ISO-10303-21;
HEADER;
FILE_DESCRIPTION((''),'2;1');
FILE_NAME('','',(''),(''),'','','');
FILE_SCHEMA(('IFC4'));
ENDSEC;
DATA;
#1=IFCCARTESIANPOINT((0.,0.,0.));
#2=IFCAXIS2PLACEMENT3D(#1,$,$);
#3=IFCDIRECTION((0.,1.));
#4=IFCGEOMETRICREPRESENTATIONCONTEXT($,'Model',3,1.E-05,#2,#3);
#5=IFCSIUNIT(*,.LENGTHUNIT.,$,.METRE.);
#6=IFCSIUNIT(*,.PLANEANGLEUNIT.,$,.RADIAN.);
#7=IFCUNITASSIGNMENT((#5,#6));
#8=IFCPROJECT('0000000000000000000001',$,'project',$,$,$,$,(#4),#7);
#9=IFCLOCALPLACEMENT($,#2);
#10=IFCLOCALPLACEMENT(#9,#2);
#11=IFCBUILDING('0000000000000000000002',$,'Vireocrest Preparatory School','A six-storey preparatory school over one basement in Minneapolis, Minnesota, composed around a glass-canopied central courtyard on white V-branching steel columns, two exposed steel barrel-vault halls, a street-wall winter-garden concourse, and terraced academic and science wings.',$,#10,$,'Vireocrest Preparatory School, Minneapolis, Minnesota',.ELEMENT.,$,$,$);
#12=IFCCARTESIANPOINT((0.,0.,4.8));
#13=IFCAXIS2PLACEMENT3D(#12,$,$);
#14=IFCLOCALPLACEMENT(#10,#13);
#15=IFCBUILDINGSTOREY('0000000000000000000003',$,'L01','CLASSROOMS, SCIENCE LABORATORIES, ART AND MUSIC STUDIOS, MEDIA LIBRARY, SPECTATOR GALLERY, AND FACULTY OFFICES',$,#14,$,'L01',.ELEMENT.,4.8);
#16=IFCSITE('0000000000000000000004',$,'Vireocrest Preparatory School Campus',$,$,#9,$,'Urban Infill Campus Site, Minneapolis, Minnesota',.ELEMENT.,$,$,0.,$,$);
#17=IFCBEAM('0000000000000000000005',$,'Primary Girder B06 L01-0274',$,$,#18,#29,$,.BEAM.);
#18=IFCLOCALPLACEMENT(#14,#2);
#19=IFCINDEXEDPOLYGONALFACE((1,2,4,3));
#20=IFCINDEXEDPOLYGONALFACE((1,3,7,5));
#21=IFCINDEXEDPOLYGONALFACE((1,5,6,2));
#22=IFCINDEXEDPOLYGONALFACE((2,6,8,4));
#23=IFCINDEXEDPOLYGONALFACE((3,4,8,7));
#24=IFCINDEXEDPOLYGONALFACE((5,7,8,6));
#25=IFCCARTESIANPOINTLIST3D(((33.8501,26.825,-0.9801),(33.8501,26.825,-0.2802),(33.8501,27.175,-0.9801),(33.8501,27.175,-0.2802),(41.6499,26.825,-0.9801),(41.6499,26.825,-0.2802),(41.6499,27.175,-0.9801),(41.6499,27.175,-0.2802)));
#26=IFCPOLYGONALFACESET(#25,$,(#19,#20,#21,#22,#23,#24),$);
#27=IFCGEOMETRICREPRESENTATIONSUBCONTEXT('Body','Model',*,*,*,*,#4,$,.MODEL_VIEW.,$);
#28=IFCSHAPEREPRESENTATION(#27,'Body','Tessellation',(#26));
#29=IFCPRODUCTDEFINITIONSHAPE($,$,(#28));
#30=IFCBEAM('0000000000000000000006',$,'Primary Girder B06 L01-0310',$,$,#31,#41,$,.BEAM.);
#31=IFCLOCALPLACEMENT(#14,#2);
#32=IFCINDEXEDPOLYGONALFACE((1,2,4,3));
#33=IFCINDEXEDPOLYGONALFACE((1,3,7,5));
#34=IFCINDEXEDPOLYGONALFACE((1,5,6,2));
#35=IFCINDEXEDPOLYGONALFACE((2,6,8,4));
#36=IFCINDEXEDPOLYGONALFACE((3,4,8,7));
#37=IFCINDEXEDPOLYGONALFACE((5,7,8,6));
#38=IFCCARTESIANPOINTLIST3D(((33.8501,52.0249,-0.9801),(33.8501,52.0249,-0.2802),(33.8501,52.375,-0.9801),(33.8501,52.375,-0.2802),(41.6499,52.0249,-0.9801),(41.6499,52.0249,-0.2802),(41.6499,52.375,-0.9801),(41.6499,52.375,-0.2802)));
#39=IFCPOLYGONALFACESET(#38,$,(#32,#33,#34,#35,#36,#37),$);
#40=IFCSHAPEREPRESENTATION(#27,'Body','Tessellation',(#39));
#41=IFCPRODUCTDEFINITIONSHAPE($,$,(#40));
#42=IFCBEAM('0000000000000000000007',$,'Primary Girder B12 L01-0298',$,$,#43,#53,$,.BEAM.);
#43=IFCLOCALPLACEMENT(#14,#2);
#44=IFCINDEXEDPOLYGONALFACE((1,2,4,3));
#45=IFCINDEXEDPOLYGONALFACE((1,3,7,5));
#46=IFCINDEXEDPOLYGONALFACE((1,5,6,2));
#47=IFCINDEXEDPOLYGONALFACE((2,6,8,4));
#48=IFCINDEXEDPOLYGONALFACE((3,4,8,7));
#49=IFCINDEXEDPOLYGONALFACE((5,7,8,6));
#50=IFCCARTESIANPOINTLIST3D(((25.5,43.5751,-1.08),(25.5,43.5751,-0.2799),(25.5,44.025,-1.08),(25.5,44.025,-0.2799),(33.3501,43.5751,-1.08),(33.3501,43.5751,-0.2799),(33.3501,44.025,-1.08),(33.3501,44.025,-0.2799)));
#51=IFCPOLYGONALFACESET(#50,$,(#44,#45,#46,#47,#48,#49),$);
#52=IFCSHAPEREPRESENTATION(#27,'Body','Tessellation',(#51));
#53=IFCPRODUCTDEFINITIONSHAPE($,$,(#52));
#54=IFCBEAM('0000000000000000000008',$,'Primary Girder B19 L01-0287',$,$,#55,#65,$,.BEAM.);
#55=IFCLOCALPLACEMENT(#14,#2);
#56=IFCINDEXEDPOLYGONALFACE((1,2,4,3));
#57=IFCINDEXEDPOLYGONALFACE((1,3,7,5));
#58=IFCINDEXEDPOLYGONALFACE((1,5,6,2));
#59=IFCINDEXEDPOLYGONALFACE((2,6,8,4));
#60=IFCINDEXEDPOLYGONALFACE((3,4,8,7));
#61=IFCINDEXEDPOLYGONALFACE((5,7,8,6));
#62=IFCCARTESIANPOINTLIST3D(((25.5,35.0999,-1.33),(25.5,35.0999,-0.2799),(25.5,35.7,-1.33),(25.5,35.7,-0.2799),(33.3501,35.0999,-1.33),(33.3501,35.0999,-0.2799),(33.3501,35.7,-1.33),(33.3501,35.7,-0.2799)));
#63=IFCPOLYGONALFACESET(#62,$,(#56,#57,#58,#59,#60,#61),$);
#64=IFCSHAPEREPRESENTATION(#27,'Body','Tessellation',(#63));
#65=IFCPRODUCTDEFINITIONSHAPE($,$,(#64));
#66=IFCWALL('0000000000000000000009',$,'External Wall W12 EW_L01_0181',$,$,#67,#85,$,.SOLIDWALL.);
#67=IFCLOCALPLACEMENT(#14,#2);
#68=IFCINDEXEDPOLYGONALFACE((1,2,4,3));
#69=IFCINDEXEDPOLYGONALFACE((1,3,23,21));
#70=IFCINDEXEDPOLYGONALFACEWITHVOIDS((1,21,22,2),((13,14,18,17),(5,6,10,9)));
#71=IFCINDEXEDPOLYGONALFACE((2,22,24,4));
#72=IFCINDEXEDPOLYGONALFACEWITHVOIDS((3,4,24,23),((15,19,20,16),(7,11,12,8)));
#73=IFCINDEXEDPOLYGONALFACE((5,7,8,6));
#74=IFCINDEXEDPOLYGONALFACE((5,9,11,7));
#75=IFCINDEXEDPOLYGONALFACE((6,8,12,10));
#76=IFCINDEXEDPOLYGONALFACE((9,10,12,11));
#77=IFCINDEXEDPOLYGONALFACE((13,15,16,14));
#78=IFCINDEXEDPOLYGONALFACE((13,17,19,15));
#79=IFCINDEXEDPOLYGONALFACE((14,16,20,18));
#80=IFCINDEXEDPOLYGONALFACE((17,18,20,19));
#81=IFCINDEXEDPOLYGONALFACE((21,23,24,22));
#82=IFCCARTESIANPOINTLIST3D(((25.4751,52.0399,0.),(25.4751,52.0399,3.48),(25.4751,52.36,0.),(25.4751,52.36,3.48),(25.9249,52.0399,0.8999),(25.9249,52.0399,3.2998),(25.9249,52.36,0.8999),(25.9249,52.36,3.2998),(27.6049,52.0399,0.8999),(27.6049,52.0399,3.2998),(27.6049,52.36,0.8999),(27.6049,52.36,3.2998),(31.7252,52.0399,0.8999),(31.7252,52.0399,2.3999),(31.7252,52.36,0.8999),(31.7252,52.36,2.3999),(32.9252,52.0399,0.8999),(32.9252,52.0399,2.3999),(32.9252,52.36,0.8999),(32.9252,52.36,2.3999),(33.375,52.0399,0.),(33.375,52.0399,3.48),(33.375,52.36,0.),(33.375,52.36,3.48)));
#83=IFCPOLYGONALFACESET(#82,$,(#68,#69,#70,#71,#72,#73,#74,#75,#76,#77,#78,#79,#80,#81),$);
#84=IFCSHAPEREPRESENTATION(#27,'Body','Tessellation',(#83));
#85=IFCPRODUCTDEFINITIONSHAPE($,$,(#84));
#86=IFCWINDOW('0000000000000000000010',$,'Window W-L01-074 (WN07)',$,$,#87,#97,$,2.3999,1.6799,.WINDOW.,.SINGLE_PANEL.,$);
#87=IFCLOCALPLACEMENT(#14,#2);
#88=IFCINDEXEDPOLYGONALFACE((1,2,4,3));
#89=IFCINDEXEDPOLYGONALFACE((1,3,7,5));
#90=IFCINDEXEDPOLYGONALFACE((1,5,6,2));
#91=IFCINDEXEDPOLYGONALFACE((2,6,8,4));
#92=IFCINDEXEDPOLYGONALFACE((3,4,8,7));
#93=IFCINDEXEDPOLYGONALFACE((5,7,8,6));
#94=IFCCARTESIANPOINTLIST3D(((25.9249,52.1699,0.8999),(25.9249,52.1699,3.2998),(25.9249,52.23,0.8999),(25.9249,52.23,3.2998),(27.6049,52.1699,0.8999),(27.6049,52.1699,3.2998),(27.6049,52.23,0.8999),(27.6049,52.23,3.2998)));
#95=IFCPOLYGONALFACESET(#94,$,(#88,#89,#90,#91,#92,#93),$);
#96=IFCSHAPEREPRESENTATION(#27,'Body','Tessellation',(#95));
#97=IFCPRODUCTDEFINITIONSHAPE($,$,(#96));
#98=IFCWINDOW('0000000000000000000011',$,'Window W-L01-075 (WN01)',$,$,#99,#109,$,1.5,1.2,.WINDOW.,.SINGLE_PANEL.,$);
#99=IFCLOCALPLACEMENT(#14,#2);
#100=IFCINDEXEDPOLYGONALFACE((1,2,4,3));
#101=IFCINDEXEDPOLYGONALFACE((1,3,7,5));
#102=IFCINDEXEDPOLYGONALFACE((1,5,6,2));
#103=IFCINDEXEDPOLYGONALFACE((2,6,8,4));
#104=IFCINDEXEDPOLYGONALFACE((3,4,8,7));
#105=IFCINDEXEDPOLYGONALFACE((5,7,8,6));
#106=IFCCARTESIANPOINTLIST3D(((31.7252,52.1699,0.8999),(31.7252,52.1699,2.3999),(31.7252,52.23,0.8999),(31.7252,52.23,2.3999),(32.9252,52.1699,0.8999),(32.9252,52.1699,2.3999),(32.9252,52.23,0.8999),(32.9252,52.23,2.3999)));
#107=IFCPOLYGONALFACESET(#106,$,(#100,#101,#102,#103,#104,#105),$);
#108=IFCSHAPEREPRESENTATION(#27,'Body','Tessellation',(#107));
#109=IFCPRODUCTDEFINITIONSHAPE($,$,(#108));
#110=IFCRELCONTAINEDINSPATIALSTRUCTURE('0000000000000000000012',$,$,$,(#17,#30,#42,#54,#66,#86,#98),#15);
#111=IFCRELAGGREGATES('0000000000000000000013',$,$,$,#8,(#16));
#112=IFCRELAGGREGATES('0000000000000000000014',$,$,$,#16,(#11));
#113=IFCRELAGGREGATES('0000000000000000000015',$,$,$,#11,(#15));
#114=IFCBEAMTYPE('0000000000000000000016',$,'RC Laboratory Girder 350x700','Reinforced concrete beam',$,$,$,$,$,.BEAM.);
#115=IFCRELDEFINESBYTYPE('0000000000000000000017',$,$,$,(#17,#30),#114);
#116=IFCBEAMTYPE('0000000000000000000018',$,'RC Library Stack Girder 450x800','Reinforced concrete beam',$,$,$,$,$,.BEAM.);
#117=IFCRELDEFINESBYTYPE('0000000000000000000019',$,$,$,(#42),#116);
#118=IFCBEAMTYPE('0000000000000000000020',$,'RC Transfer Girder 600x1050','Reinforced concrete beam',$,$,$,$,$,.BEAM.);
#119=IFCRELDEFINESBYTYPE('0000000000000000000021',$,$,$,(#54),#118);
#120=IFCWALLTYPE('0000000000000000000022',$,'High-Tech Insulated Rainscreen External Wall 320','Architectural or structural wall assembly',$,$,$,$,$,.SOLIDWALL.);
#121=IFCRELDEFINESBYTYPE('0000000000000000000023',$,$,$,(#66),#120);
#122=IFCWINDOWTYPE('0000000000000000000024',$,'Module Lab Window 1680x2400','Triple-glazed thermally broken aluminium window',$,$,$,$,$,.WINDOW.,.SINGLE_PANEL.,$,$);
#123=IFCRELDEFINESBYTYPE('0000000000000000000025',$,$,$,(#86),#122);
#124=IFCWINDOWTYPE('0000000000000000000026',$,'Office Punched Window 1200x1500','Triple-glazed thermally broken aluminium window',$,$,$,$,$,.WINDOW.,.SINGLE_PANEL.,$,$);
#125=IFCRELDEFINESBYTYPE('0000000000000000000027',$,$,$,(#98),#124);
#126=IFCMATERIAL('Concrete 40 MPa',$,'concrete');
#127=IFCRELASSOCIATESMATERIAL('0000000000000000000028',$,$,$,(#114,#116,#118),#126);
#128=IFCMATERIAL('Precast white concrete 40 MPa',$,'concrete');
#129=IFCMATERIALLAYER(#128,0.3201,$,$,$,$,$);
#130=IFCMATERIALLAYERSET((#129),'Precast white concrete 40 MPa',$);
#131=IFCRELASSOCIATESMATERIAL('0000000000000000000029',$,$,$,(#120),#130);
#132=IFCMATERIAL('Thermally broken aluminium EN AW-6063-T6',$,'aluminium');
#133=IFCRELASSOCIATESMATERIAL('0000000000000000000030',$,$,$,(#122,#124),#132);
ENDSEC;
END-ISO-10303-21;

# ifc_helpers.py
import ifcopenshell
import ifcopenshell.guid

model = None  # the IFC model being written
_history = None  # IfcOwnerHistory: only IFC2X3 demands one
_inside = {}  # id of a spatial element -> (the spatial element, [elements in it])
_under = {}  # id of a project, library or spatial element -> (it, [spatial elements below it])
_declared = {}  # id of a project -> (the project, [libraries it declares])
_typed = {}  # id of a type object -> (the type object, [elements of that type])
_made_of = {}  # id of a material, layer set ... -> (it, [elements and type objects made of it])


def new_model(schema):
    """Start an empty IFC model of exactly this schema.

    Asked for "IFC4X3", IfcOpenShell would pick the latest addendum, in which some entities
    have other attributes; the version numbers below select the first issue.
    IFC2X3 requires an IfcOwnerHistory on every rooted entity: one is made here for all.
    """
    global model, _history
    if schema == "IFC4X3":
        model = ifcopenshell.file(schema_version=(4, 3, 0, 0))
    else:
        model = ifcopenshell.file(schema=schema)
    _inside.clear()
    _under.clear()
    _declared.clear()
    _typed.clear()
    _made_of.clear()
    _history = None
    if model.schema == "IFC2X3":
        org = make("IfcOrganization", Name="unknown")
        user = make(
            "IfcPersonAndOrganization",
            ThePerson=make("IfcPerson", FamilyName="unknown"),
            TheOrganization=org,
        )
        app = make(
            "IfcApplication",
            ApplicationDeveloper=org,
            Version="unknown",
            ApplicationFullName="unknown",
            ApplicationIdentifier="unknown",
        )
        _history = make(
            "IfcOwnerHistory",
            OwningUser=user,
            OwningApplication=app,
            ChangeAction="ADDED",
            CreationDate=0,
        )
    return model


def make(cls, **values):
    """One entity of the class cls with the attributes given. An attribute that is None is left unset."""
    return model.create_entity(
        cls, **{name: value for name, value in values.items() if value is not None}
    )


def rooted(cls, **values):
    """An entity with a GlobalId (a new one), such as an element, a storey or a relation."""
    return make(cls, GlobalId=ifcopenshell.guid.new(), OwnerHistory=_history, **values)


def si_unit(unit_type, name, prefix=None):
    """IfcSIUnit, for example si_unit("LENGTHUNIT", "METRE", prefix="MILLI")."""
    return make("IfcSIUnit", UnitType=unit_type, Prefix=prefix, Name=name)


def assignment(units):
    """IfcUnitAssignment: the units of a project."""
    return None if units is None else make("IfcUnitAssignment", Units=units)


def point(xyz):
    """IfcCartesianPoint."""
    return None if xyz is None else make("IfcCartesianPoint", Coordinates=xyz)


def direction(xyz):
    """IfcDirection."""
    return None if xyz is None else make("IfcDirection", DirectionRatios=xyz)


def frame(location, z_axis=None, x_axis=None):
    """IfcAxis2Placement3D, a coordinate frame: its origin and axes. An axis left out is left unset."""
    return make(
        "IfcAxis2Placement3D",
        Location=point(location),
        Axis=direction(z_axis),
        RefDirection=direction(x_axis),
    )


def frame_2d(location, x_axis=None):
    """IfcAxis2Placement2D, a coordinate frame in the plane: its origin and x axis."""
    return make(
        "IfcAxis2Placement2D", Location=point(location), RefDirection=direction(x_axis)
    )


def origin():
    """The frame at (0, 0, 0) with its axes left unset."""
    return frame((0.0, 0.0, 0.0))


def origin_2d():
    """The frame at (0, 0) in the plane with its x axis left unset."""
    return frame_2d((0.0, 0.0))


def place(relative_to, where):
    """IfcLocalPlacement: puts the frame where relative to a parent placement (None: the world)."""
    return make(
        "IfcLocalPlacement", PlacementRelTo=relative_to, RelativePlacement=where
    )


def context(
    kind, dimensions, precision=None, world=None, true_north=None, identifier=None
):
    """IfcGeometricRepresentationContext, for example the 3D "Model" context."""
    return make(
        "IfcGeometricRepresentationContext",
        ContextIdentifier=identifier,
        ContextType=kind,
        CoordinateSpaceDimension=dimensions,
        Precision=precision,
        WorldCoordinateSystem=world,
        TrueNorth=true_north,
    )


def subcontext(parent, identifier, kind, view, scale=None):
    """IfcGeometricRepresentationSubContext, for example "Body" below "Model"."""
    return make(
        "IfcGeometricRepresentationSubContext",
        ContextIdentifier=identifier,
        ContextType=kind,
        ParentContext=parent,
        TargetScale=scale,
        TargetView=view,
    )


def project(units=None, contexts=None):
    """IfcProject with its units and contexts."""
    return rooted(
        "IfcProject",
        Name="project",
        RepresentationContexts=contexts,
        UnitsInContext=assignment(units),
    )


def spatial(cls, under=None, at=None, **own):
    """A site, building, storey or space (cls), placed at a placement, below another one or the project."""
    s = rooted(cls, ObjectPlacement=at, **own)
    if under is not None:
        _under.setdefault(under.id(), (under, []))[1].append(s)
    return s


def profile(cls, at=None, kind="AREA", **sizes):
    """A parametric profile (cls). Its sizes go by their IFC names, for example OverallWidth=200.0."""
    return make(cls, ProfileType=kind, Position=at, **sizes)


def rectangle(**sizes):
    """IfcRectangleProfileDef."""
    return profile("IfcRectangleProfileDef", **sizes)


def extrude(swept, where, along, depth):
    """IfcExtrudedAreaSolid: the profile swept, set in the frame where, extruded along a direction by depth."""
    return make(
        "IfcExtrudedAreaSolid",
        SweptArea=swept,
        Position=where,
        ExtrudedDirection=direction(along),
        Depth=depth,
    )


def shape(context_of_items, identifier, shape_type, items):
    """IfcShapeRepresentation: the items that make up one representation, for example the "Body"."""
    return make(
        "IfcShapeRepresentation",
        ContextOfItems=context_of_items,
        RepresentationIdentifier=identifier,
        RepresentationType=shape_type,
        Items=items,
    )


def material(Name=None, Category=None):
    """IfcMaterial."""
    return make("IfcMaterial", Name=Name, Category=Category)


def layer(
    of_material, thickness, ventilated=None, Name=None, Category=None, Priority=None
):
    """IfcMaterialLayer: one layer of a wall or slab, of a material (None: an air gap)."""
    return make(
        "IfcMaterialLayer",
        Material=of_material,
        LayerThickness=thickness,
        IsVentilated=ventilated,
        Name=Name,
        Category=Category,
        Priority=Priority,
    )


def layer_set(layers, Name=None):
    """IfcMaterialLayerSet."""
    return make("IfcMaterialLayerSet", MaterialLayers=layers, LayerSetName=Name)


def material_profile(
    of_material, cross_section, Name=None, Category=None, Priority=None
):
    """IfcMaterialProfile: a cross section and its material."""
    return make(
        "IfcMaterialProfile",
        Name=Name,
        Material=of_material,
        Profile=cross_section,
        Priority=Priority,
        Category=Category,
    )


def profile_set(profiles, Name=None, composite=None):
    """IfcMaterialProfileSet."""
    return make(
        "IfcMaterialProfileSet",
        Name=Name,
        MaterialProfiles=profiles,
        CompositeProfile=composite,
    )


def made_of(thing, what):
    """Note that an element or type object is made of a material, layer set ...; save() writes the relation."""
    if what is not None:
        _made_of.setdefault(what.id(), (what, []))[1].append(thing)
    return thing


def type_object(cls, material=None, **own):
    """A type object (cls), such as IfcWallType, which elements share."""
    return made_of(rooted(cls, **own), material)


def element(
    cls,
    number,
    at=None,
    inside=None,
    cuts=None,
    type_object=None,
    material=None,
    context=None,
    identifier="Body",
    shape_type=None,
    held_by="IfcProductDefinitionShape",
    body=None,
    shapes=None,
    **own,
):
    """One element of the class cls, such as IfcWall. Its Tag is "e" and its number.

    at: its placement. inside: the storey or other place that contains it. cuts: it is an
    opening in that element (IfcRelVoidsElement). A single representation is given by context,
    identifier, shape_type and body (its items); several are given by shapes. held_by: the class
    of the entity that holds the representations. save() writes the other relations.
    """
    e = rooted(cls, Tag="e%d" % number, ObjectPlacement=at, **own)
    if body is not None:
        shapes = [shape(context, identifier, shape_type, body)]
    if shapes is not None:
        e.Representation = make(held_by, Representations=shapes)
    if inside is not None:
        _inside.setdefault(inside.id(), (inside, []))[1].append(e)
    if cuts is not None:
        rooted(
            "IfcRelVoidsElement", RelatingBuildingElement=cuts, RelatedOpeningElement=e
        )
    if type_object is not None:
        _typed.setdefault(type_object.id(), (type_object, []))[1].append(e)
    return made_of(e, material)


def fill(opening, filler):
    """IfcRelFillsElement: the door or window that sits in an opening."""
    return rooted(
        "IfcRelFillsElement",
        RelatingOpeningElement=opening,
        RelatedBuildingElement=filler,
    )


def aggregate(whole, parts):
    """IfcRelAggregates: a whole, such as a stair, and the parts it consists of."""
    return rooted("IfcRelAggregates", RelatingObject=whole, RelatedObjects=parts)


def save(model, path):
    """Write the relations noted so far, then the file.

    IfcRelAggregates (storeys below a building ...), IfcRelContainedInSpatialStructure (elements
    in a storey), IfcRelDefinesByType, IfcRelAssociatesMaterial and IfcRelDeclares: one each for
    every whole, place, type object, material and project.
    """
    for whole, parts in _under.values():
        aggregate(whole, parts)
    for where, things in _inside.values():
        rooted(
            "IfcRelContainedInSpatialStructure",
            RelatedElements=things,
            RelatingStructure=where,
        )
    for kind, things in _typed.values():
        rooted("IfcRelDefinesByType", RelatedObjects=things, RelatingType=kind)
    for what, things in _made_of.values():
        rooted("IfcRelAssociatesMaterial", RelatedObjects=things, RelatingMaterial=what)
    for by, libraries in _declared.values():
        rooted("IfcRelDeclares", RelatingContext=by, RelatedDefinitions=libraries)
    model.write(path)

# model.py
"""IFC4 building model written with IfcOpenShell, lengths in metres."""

from ifc_helpers import new_model, si_unit, direction, frame, frame_2d, origin, origin_2d, place, context, subcontext, project, spatial, rectangle, extrude, material, layer, layer_set, material_profile, profile_set, type_object, element, fill, save


model = new_model("IFC4")

# Units and contexts
model_context = context("Model", 3, precision=1e-05, world=origin(), true_north=direction((0.0, 1.0)))
body_context = subcontext(model_context, "Body", "Model", "MODEL_VIEW")
ifc_project = project(units=[si_unit("LENGTHUNIT", "METRE"), si_unit("PLANEANGLEUNIT", "RADIAN")], contexts=[model_context])

# Site, building, storey
site_placement = place(None, origin())
site = spatial("IfcSite", under=ifc_project, at=site_placement, Name="Vireocrest Preparatory School Campus", LongName="Urban Infill Campus Site, Minneapolis, Minnesota", CompositionType="ELEMENT", RefElevation=0.0)
building_placement = place(site_placement, origin())
building = spatial("IfcBuilding", under=site, at=building_placement, Name="Vireocrest Preparatory School", Description="A six-storey preparatory school over one basement in Minneapolis, Minnesota, composed around a glass-canopied central courtyard on white V-branching steel columns, two exposed steel barrel-vault halls, a street-wall winter-garden concourse, and terraced academic and science wings.", LongName="Vireocrest Preparatory School, Minneapolis, Minnesota", CompositionType="ELEMENT")
storey_placement = place(building_placement, frame((0.0, 0.0, 4.8)))
storey = spatial("IfcBuildingStorey", under=building, at=storey_placement, Name="L01", Description="CLASSROOMS, SCIENCE LABORATORIES, ART AND MUSIC STUDIOS, MEDIA LIBRARY, SPECTATOR GALLERY, AND FACULTY OFFICES", LongName="L01", CompositionType="ELEMENT", Elevation=4.8)

# Shared definitions
ifc_material_1 = material(Name="Thermally broken aluminium EN AW-6063-T6", Category="aluminium")

# Beams
ifc_material_2 = material(Name="Concrete 40 MPa", Category="concrete")
ifc_material_profile_1 = material_profile(ifc_material_2, rectangle(XDim=0.3501, YDim=0.7, at=origin_2d()), Name="RC 350x700")
ifc_profile_set_1 = profile_set([ifc_material_profile_1], Name="Concrete 40 MPa")
beam_type_1 = type_object("IfcBeamType", Name="RC Laboratory Girder 350x700", Description="Reinforced concrete beam", PredefinedType="BEAM", material=ifc_profile_set_1)
for number, where, z_axis, x_axis, name in (
    (1, (33.8501, 27.0, -0.6301), (1.0, 0.0, 0.0), (0.0, 1.0, 0.0), "Primary Girder B06 L01-0274"),
    (2, (33.8501, 52.2, -0.6301), (1.0, 0.0, 0.0), (0.0, 1.0, 0.0), "Primary Girder B06 L01-0310"),
):
    element("IfcBeam", number, at=place(storey_placement, frame(where, z_axis=z_axis, x_axis=x_axis)), inside=storey, type_object=beam_type_1, Name=name, PredefinedType="BEAM", context=body_context, shape_type="SweptSolid", body=[
        extrude(rectangle(XDim=0.3501, YDim=0.7, at=origin_2d()), origin(), (0.0, 0.0, 1.0), 7.7998),
    ])
ifc_material_profile_2 = material_profile(ifc_material_2, rectangle(XDim=0.45, YDim=0.8, at=origin_2d()), Name="RC 450x800")
ifc_profile_set_2 = profile_set([ifc_material_profile_2], Name="Concrete 40 MPa")
beam_type_2 = type_object("IfcBeamType", Name="RC Library Stack Girder 450x800", Description="Reinforced concrete beam", PredefinedType="BEAM", material=ifc_profile_set_2)
beam_1_placement = place(storey_placement, frame((25.5, 43.8, -0.6799), z_axis=(1.0, 0.0, 0.0), x_axis=(0.0, 1.0, 0.0)))
element("IfcBeam", 3, at=beam_1_placement, inside=storey, type_object=beam_type_2, Name="Primary Girder B12 L01-0298", PredefinedType="BEAM", context=body_context, shape_type="SweptSolid", body=[
    extrude(rectangle(XDim=0.45, YDim=0.8, at=origin_2d()), origin(), (0.0, 0.0, 1.0), 7.8501),
])
ifc_material_profile_3 = material_profile(ifc_material_2, rectangle(XDim=0.6001, YDim=1.05, at=origin_2d()), Name="RC 600x1050")
ifc_profile_set_3 = profile_set([ifc_material_profile_3], Name="Concrete 40 MPa")
beam_type_3 = type_object("IfcBeamType", Name="RC Transfer Girder 600x1050", Description="Reinforced concrete beam", PredefinedType="BEAM", material=ifc_profile_set_3)
beam_2_placement = place(storey_placement, frame((25.5, 35.3999, -0.8049), z_axis=(1.0, 0.0, 0.0), x_axis=(0.0, 1.0, 0.0)))
element("IfcBeam", 4, at=beam_2_placement, inside=storey, type_object=beam_type_3, Name="Primary Girder B19 L01-0287", PredefinedType="BEAM", context=body_context, shape_type="SweptSolid", body=[
    extrude(rectangle(XDim=0.6001, YDim=1.05, at=origin_2d()), origin(), (0.0, 0.0, 1.0), 7.8501),
])

# Wall, openings, windows
ifc_material_3 = material(Name="Precast white concrete 40 MPa", Category="concrete")
ifc_layer_1 = layer(ifc_material_3, 0.3201)
ifc_layer_set_1 = layer_set([ifc_layer_1], Name="Precast white concrete 40 MPa")
wall_type = type_object("IfcWallType", Name="High-Tech Insulated Rainscreen External Wall 320", Description="Architectural or structural wall assembly", PredefinedType="SOLIDWALL", material=ifc_layer_set_1)
wall_placement = place(storey_placement, frame((25.4751, 52.2, 0.0), z_axis=(0.0, 0.0, 1.0), x_axis=(1.0, 0.0, 0.0)))
wall = element("IfcWall", 5, at=wall_placement, inside=storey, type_object=wall_type, Name="External Wall W12 EW_L01_0181", PredefinedType="SOLIDWALL", context=body_context, shape_type="SweptSolid", body=[
    extrude(rectangle(XDim=7.8999, YDim=0.3201, at=frame_2d((3.95, 0.0))), origin(), (0.0, 0.0, 1.0), 3.48),
])
opening_1_placement = place(wall_placement, frame((0.45, 0.0, 0.8999)))
opening_1 = element("IfcOpeningElement", 6, at=opening_1_placement, cuts=wall, PredefinedType="OPENING", context=body_context, shape_type="SweptSolid", body=[
    extrude(rectangle(XDim=1.6799, YDim=2.3999, at=frame_2d((0.8398, 1.2))), frame((0.0, 0.1699, 0.0), z_axis=(0.0, -1.0, 0.0), x_axis=(1.0, 0.0, 0.0)), (0.0, 0.0, 1.0), 0.3401),
])
opening_2_placement = place(wall_placement, frame((6.25, 0.0, 0.8999)))
opening_2 = element("IfcOpeningElement", 7, at=opening_2_placement, cuts=wall, PredefinedType="OPENING", context=body_context, shape_type="SweptSolid", body=[
    extrude(rectangle(XDim=1.2, YDim=1.5, at=frame_2d((0.6001, 0.75))), frame((0.0, 0.1699, 0.0), z_axis=(0.0, -1.0, 0.0), x_axis=(1.0, 0.0, 0.0)), (0.0, 0.0, 1.0), 0.3401),
])
window_type_1 = type_object("IfcWindowType", Name="Module Lab Window 1680x2400", Description="Triple-glazed thermally broken aluminium window", PartitioningType="SINGLE_PANEL", PredefinedType="WINDOW", material=ifc_material_1)
window_1_placement = place(opening_1_placement, origin())
window_1 = element("IfcWindow", 8, at=window_1_placement, inside=storey, type_object=window_type_1, Name="Window W-L01-074 (WN07)", OverallHeight=2.3999, OverallWidth=1.6799, PartitioningType="SINGLE_PANEL", PredefinedType="WINDOW", context=body_context, shape_type="SweptSolid", body=[
    extrude(rectangle(XDim=1.6799, YDim=2.3999, at=frame_2d((0.8398, 1.2))), frame((0.0, 0.03, 0.0), z_axis=(0.0, -1.0, 0.0), x_axis=(1.0, 0.0, 0.0)), (0.0, 0.0, 1.0), 0.0601),
])
fill(opening_1, window_1)
window_type_2 = type_object("IfcWindowType", Name="Office Punched Window 1200x1500", Description="Triple-glazed thermally broken aluminium window", PartitioningType="SINGLE_PANEL", PredefinedType="WINDOW", material=ifc_material_1)
window_2_placement = place(opening_2_placement, origin())
window_2 = element("IfcWindow", 9, at=window_2_placement, inside=storey, type_object=window_type_2, Name="Window W-L01-075 (WN01)", OverallHeight=1.5, OverallWidth=1.2, PartitioningType="SINGLE_PANEL", PredefinedType="WINDOW", context=body_context, shape_type="SweptSolid", body=[
    extrude(rectangle(XDim=1.2, YDim=1.5, at=frame_2d((0.6001, 0.75))), frame((0.0, 0.03, 0.0), z_axis=(0.0, -1.0, 0.0), x_axis=(1.0, 0.0, 0.0)), (0.0, 0.0, 1.0), 0.0601),
])
fill(opening_2, window_2)

save(model, "model.ifc")
